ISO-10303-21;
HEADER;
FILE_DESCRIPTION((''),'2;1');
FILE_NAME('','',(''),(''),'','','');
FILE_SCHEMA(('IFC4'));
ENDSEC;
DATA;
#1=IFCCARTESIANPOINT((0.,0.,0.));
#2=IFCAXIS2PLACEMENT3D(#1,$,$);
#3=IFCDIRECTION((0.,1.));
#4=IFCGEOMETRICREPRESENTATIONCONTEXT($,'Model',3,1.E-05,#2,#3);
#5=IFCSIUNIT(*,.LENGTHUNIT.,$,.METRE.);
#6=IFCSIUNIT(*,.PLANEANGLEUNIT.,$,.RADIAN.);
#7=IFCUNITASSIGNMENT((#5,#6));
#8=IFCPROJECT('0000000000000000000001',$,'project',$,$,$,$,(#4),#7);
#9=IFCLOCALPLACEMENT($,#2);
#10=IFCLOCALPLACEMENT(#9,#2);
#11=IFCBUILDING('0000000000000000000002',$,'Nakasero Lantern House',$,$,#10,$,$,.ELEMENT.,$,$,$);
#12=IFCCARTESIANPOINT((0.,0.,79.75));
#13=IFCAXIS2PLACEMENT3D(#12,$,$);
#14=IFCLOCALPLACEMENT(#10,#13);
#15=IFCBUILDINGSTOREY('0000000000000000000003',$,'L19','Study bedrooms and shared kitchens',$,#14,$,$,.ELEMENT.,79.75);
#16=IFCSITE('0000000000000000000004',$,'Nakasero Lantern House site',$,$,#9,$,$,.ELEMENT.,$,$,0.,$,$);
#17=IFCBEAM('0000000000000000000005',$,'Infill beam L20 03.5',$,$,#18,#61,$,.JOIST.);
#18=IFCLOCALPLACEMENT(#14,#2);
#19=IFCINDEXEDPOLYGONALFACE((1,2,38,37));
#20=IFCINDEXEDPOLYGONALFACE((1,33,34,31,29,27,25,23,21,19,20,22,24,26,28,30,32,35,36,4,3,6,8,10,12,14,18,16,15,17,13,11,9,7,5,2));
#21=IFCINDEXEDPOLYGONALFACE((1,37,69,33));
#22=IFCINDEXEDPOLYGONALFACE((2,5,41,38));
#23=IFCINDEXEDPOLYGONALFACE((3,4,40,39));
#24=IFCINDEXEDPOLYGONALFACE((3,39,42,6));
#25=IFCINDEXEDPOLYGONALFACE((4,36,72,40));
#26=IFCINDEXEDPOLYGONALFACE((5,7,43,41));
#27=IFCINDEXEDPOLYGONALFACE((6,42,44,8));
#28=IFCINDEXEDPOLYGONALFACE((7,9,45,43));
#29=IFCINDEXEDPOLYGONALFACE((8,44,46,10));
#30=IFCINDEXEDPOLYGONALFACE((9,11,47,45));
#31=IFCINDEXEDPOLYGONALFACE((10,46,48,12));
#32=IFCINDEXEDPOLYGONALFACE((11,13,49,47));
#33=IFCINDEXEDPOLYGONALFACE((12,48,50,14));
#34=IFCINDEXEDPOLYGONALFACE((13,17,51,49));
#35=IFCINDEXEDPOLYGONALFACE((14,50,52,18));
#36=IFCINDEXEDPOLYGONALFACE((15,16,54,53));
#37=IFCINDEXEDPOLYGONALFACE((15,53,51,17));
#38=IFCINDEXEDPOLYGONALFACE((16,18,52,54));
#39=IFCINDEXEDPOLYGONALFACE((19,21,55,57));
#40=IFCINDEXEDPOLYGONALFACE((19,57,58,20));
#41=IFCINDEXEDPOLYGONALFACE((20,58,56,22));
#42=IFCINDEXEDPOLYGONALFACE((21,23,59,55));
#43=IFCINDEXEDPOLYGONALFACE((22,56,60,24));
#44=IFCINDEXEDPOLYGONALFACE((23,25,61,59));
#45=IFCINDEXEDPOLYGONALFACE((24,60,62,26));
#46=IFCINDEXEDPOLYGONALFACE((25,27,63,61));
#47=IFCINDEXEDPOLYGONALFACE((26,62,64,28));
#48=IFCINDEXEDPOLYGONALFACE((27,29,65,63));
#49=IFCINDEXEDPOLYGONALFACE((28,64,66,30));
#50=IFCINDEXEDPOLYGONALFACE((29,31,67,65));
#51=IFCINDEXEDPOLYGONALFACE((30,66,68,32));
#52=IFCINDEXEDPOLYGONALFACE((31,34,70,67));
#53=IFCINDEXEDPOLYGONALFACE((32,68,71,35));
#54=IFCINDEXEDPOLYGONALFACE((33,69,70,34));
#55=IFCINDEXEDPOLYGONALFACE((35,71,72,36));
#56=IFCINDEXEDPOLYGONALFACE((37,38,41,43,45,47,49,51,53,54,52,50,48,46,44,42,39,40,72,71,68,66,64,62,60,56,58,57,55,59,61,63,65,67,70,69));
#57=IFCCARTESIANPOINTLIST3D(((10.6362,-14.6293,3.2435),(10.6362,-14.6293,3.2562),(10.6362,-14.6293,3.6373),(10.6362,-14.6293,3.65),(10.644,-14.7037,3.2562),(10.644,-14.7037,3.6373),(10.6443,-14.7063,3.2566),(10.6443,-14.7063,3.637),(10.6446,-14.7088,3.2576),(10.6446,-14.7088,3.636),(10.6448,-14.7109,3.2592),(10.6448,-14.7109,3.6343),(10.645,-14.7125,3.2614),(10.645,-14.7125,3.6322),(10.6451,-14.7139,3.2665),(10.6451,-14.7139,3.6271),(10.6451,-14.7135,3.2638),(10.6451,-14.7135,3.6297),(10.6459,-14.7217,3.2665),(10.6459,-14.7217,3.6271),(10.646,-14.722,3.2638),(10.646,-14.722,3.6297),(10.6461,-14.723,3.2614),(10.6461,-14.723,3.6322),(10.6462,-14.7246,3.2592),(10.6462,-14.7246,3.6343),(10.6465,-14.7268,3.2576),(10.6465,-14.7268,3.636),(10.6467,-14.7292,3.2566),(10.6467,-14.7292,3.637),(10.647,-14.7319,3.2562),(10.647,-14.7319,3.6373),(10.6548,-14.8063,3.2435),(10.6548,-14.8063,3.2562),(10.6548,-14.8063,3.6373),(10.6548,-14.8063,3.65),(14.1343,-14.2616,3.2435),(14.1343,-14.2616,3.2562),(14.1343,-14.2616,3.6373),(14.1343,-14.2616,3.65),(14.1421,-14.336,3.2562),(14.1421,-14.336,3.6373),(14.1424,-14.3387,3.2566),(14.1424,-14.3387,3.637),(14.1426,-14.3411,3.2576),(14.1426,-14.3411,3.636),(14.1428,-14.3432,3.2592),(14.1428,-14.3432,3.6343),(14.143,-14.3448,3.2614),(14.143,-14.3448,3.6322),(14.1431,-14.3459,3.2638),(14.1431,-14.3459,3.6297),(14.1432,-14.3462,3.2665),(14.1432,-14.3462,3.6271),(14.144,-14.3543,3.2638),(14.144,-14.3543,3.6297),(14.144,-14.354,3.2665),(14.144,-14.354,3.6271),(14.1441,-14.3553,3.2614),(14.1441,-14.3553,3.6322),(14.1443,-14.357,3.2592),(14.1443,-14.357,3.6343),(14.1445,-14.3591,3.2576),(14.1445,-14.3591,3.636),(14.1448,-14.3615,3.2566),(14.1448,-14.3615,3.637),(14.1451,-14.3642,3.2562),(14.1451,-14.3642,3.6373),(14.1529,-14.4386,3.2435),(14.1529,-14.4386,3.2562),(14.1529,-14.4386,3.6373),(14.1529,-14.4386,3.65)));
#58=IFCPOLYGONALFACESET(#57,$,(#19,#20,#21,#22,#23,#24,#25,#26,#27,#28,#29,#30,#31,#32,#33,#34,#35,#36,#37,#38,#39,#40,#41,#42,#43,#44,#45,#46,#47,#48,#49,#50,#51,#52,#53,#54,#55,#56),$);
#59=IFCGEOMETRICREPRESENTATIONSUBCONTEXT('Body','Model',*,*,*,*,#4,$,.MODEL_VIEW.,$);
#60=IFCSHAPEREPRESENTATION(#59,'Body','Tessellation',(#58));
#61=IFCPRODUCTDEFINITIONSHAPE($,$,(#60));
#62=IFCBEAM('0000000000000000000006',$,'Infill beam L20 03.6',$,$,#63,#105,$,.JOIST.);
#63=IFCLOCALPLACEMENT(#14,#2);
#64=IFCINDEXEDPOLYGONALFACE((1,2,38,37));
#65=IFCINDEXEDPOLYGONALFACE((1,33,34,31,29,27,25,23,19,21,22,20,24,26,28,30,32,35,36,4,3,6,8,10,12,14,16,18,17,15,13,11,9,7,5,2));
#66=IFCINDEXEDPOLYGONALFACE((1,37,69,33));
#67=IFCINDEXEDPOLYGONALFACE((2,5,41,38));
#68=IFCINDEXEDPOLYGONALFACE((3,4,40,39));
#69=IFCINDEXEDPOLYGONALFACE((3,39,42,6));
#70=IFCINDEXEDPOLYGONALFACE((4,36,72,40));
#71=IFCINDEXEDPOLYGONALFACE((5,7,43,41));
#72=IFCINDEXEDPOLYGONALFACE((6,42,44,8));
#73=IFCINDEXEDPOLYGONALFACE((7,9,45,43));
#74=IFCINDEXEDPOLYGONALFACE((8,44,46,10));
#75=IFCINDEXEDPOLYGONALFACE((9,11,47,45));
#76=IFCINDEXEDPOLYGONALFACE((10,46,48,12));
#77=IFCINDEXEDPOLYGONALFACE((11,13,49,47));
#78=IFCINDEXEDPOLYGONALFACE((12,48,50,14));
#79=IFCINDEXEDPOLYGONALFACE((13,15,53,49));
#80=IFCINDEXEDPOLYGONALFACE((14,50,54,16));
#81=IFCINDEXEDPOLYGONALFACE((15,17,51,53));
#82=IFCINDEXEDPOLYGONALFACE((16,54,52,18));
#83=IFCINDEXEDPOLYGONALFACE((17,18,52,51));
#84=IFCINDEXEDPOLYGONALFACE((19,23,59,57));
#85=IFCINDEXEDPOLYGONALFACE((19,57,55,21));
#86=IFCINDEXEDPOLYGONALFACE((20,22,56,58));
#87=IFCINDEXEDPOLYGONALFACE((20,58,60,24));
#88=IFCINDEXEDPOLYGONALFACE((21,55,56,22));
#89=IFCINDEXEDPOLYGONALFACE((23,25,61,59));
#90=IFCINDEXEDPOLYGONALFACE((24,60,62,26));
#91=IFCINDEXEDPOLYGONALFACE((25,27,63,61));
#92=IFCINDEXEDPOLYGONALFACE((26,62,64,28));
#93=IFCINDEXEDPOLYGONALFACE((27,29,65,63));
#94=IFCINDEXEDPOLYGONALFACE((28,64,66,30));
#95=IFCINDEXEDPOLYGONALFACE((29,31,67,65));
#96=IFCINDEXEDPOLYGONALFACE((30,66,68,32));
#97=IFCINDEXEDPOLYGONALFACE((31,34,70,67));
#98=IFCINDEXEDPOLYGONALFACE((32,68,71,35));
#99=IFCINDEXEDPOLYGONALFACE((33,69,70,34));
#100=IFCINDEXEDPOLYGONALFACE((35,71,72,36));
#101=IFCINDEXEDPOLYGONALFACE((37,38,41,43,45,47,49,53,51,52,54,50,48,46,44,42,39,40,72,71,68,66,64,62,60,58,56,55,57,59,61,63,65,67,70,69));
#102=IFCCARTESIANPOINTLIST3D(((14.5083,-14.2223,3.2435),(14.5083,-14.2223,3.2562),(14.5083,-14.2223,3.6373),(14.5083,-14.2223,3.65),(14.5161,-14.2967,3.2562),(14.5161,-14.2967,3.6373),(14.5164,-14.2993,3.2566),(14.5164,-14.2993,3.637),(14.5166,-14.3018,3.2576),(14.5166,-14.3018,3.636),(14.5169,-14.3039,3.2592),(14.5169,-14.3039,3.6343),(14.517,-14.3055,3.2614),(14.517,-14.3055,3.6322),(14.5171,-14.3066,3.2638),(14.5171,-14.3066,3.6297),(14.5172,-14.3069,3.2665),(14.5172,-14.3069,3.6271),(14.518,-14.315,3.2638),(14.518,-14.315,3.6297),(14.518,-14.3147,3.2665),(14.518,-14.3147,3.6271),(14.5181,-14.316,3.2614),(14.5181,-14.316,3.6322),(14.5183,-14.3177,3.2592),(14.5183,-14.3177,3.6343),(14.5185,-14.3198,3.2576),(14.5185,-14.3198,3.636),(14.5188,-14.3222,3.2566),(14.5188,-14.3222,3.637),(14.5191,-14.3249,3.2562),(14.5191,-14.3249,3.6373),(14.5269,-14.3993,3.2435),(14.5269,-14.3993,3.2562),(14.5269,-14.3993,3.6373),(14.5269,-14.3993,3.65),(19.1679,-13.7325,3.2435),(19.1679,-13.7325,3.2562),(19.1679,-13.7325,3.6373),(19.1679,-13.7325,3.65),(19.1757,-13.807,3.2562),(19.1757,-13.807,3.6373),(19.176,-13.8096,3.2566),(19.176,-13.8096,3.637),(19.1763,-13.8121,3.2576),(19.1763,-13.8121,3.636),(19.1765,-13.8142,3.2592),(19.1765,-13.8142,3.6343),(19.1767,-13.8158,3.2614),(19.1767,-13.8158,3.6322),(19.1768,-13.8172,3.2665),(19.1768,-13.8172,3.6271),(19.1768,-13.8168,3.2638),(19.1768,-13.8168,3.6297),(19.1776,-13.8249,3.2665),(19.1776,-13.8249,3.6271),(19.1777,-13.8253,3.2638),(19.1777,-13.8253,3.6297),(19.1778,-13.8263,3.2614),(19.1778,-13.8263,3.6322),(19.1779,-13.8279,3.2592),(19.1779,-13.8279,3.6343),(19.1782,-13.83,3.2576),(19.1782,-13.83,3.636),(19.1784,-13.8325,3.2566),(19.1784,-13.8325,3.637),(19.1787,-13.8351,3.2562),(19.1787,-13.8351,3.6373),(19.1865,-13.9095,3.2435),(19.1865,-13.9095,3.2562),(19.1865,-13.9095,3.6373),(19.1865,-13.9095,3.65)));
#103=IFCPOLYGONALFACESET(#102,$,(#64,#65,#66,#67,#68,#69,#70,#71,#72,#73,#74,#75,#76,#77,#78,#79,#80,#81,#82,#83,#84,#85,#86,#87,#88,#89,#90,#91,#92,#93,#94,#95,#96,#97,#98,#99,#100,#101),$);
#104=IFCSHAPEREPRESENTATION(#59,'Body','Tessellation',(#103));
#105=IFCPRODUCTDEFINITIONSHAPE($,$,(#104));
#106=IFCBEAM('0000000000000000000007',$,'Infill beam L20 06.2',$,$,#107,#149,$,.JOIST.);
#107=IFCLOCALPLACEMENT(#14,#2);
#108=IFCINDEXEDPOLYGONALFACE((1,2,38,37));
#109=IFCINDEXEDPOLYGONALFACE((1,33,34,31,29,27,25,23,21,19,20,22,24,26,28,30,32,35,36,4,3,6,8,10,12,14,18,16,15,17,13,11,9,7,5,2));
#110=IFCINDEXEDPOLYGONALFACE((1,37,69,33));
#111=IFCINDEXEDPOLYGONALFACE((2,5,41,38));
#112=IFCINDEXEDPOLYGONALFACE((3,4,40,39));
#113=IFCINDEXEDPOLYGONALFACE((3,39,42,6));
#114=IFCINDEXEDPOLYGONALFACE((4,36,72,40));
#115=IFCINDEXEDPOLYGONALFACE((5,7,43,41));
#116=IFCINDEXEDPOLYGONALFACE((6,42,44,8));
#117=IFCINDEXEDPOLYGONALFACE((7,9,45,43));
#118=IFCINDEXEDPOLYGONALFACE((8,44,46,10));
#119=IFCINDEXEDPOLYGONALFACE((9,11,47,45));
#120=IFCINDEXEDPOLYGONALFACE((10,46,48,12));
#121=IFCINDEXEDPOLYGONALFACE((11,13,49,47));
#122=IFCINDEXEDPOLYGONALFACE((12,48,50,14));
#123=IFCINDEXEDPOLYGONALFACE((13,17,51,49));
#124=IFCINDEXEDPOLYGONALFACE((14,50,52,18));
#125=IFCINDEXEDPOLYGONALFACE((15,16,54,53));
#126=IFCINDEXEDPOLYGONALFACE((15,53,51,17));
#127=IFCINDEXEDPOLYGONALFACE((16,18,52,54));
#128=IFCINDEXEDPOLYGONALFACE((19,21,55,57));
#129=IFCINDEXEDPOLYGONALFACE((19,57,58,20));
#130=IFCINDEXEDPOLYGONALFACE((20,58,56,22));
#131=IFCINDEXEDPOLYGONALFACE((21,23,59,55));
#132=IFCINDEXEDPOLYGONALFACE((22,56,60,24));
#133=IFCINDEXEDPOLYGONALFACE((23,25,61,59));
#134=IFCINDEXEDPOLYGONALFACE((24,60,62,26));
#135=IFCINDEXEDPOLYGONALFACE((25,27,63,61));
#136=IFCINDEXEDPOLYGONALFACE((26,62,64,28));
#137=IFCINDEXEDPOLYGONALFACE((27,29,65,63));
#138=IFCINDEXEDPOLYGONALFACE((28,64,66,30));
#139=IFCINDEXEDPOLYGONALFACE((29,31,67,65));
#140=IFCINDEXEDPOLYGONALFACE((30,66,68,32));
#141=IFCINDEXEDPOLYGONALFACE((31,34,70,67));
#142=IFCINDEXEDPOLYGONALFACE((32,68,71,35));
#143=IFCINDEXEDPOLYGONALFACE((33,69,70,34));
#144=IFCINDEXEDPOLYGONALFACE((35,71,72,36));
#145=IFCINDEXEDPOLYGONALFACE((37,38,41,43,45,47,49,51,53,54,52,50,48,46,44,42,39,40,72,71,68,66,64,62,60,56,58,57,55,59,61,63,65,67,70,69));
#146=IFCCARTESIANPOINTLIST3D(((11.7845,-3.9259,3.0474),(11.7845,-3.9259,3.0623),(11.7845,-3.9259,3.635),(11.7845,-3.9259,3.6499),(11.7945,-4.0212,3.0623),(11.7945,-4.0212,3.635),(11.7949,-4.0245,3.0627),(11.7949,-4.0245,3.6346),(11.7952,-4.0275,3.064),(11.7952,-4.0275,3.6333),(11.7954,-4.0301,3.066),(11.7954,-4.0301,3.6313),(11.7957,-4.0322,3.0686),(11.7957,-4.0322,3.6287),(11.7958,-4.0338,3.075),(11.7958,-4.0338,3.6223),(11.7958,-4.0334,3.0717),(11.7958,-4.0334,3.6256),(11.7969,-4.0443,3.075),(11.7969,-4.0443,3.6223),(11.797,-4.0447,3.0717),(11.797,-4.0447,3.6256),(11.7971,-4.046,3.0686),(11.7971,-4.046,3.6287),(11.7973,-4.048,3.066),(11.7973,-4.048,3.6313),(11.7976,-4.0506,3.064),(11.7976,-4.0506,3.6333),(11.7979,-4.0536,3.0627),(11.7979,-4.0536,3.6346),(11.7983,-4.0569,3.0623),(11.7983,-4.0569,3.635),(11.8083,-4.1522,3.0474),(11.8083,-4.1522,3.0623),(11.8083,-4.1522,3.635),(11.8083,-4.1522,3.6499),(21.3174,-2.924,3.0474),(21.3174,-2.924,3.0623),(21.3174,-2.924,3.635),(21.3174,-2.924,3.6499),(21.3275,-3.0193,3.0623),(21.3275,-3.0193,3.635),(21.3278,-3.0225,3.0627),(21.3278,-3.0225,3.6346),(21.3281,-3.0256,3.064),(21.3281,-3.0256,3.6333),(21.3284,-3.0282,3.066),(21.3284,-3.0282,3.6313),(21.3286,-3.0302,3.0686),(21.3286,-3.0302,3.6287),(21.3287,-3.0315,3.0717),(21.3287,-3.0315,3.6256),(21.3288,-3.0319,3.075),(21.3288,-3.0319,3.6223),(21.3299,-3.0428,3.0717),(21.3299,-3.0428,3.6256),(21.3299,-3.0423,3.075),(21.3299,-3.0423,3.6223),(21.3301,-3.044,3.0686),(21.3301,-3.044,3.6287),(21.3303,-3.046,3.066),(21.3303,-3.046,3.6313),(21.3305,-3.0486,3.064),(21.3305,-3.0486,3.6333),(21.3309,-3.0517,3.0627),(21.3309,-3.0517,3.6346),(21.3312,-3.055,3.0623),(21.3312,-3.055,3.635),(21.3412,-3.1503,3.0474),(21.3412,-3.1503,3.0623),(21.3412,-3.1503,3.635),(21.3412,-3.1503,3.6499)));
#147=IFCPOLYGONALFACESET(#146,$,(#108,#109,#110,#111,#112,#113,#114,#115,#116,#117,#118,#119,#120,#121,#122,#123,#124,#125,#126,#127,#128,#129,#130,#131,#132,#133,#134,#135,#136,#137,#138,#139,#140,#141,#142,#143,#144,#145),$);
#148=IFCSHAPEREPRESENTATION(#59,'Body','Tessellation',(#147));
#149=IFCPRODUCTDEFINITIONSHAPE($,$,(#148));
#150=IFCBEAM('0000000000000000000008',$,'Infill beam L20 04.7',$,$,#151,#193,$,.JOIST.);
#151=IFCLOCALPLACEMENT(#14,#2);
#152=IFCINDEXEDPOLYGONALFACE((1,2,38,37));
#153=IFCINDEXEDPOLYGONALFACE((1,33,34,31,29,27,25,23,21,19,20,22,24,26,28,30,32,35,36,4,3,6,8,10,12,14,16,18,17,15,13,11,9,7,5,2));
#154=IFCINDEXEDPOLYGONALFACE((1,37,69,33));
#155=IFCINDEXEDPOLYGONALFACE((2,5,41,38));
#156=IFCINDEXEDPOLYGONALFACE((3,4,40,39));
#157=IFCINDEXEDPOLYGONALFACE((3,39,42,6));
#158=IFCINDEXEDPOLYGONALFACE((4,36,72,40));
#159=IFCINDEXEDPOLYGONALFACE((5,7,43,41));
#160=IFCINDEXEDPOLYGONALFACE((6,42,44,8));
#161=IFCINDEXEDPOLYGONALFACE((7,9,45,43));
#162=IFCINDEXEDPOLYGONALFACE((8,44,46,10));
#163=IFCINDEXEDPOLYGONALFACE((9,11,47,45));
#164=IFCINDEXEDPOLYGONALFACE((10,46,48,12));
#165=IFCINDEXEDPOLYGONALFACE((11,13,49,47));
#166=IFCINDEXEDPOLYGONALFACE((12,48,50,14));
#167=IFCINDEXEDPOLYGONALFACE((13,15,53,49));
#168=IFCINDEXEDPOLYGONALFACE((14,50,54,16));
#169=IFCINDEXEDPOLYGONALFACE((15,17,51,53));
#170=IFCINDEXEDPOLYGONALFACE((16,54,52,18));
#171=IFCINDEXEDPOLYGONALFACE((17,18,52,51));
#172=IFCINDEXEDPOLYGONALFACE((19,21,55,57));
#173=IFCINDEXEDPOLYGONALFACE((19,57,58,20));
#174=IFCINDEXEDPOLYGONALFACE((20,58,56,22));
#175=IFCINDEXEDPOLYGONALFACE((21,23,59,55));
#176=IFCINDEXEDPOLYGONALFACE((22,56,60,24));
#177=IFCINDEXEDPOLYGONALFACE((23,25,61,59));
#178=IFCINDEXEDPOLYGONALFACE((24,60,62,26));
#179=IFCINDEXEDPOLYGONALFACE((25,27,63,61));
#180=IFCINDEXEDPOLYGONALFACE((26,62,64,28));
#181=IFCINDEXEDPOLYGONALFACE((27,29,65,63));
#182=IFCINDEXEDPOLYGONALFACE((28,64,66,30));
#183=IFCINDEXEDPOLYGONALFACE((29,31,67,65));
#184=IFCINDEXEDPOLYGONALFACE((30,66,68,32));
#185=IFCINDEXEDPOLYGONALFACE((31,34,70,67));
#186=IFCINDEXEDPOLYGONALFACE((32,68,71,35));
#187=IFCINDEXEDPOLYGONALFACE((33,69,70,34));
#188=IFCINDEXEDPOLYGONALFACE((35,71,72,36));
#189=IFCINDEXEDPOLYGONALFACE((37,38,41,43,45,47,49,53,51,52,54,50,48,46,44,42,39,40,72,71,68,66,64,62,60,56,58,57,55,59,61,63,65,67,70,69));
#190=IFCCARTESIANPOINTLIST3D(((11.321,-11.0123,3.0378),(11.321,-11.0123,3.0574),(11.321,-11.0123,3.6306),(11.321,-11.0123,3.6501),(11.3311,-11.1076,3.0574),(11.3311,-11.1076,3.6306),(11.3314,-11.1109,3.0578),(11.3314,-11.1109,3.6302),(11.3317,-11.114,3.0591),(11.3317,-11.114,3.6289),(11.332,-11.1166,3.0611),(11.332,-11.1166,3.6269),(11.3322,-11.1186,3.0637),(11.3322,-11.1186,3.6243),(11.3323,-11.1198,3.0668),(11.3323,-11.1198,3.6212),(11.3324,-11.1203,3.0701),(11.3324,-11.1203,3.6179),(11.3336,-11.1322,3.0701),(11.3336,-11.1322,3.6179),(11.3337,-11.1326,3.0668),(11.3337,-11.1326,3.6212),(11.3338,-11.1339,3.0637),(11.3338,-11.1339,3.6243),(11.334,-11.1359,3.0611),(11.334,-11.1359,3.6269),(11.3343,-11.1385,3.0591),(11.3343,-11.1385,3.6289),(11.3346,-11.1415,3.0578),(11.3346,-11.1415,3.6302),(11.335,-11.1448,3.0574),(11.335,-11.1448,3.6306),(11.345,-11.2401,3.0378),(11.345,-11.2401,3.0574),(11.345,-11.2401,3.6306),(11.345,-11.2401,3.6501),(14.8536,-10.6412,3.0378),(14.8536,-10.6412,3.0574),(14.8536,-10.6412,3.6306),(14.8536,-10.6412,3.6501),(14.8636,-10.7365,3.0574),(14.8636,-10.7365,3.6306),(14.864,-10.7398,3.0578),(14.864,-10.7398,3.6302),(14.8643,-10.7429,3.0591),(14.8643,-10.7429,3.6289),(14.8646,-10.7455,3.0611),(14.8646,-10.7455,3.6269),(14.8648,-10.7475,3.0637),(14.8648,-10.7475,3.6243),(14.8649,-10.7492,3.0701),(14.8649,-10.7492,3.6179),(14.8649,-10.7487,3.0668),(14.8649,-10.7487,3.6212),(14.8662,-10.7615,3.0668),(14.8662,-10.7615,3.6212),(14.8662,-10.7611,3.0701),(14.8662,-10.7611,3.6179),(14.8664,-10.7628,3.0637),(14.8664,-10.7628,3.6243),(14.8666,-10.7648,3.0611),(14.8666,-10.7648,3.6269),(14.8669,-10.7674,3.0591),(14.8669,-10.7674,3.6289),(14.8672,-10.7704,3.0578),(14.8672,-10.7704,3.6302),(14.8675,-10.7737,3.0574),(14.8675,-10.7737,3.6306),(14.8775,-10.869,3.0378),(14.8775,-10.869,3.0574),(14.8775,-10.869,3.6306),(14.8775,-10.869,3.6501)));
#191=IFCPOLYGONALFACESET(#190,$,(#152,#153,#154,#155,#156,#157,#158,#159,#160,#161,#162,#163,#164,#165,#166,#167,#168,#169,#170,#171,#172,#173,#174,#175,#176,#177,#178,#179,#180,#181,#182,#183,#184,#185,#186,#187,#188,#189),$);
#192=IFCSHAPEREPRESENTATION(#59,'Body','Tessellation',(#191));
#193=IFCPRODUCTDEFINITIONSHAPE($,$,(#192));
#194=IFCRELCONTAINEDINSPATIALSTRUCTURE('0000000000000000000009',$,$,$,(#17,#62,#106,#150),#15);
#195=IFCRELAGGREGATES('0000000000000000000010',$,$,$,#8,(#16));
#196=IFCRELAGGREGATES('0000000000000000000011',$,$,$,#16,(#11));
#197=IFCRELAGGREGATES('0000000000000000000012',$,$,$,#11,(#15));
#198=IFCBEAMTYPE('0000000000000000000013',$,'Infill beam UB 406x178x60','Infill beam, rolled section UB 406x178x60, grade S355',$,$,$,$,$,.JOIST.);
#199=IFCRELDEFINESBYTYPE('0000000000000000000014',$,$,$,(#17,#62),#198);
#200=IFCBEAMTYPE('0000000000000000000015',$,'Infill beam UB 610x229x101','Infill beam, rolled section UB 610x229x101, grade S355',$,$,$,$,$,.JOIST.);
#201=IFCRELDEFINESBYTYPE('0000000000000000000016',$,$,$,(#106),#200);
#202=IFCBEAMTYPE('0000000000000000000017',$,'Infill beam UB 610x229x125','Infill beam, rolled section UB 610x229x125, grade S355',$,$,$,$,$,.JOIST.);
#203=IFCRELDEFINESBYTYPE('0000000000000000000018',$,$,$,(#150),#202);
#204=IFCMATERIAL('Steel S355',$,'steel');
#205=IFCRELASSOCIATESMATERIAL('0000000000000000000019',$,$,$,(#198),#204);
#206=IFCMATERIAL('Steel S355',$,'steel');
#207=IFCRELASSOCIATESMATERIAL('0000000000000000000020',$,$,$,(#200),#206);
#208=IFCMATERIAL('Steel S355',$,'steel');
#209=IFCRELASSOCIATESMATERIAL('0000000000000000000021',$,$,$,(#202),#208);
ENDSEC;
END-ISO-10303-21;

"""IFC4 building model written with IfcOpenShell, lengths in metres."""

from ifc_helpers import new_model, si_unit, direction, frame, origin, origin_2d, place, context, subcontext, project, spatial, i_section, extrude, material, material_profile, profile_set, type_object, element, save


model = new_model("IFC4")

# Units and contexts
model_context = context("Model", 3, precision=1e-05, world=origin(), true_north=direction((0.0, 1.0)))
body_context = subcontext(model_context, "Body", "Model", "MODEL_VIEW")
ifc_project = project(units=[si_unit("LENGTHUNIT", "METRE"), si_unit("PLANEANGLEUNIT", "RADIAN")], contexts=[model_context])

# Site, building, storey
site_placement = place(None, origin())
site = spatial("IfcSite", under=ifc_project, at=site_placement, Name="Nakasero Lantern House site", CompositionType="ELEMENT", RefElevation=0.0)
building_placement = place(site_placement, origin())
building = spatial("IfcBuilding", under=site, at=building_placement, Name="Nakasero Lantern House", CompositionType="ELEMENT")
storey_placement = place(building_placement, frame((0.0, 0.0, 79.75)))
storey = spatial("IfcBuildingStorey", under=building, at=storey_placement, Name="L19", Description="Study bedrooms and shared kitchens", CompositionType="ELEMENT", Elevation=79.75)

# Beams
ifc_material_1 = material(Name="Steel S355", Category="steel")
ifc_material_profile_1 = material_profile(ifc_material_1, i_section(OverallWidth=0.178, OverallDepth=0.4065, WebThickness=0.0078, FlangeThickness=0.0127, FilletRadius=0.0103, at=origin_2d()), Name="UB 406x178x60")
ifc_profile_set_1 = profile_set([ifc_material_profile_1], Name="Steel S355")
beam_type_1 = type_object("IfcBeamType", Name="Infill beam UB 406x178x60", Description="Infill beam, rolled section UB 406x178x60, grade S355", PredefinedType="JOIST", material=ifc_profile_set_1)
beam_1_placement = place(storey_placement, frame((10.6455, -14.7178, 3.4468), z_axis=(0.994521, 0.104533, 0.0), x_axis=(-0.104533, 0.994521, 0.0)))
element("IfcBeam", 1, at=beam_1_placement, inside=storey, type_object=beam_type_1, Name="Infill beam L20 03.5", PredefinedType="JOIST", context=body_context, shape_type="SweptSolid", body=[
    extrude(i_section(OverallWidth=0.178, OverallDepth=0.4065, WebThickness=0.0078, FlangeThickness=0.0127, FilletRadius=0.0103, at=origin_2d()), origin(), (0.0, 0.0, 1.0), 3.5173),
])
beam_2_placement = place(storey_placement, frame((14.5176, -14.3108, 3.4468), z_axis=(0.994522, 0.104527, 0.0), x_axis=(-0.104527, 0.994522, 0.0)))
element("IfcBeam", 2, at=beam_2_placement, inside=storey, type_object=beam_type_1, Name="Infill beam L20 03.6", PredefinedType="JOIST", context=body_context, shape_type="SweptSolid", body=[
    extrude(i_section(OverallWidth=0.178, OverallDepth=0.4065, WebThickness=0.0078, FlangeThickness=0.0127, FilletRadius=0.0103, at=origin_2d()), origin(), (0.0, 0.0, 1.0), 4.6853),
])
ifc_material_2 = material(Name="Steel S355", Category="steel")
ifc_material_profile_2 = material_profile(ifc_material_2, i_section(OverallWidth=0.2275, OverallDepth=0.6025, WebThickness=0.0105, FlangeThickness=0.0149, FilletRadius=0.0127, at=origin_2d()), Name="UB 610x229x101")
ifc_profile_set_2 = profile_set([ifc_material_profile_2], Name="Steel S355")
beam_type_2 = type_object("IfcBeamType", Name="Infill beam UB 610x229x101", Description="Infill beam, rolled section UB 610x229x101, grade S355", PredefinedType="JOIST", material=ifc_profile_set_2)
beam_3_placement = place(storey_placement, frame((11.7964, -4.0391, 3.3486), z_axis=(0.994522, 0.104528, 0.0), x_axis=(-0.104528, 0.994522, 0.0)))
element("IfcBeam", 3, at=beam_3_placement, inside=storey, type_object=beam_type_2, Name="Infill beam L20 06.2", PredefinedType="JOIST", context=body_context, shape_type="SweptSolid", body=[
    extrude(i_section(OverallWidth=0.2275, OverallDepth=0.6025, WebThickness=0.0105, FlangeThickness=0.0149, FilletRadius=0.0127, at=origin_2d()), origin(), (0.0, 0.0, 1.0), 9.5854),
])
ifc_material_3 = material(Name="Steel S355", Category="steel")
ifc_material_profile_3 = material_profile(ifc_material_3, i_section(OverallWidth=0.229, OverallDepth=0.6123, WebThickness=0.012, FlangeThickness=0.0195, FilletRadius=0.0127, at=origin_2d()), Name="UB 610x229x125")
ifc_profile_set_3 = profile_set([ifc_material_profile_3], Name="Steel S355")
beam_type_3 = type_object("IfcBeamType", Name="Infill beam UB 610x229x125", Description="Infill beam, rolled section UB 610x229x125, grade S355", PredefinedType="JOIST", material=ifc_profile_set_3)
beam_4_placement = place(storey_placement, frame((11.333, -11.1262, 3.344), z_axis=(0.994527, 0.104477, 0.0), x_axis=(-0.104477, 0.994527, 0.0)))
element("IfcBeam", 4, at=beam_4_placement, inside=storey, type_object=beam_type_3, Name="Infill beam L20 04.7", PredefinedType="JOIST", context=body_context, shape_type="SweptSolid", body=[
    extrude(i_section(OverallWidth=0.229, OverallDepth=0.6123, WebThickness=0.012, FlangeThickness=0.0195, FilletRadius=0.0127, at=origin_2d()), origin(), (0.0, 0.0, 1.0), 3.552),
])

save(model, "model.ifc")
